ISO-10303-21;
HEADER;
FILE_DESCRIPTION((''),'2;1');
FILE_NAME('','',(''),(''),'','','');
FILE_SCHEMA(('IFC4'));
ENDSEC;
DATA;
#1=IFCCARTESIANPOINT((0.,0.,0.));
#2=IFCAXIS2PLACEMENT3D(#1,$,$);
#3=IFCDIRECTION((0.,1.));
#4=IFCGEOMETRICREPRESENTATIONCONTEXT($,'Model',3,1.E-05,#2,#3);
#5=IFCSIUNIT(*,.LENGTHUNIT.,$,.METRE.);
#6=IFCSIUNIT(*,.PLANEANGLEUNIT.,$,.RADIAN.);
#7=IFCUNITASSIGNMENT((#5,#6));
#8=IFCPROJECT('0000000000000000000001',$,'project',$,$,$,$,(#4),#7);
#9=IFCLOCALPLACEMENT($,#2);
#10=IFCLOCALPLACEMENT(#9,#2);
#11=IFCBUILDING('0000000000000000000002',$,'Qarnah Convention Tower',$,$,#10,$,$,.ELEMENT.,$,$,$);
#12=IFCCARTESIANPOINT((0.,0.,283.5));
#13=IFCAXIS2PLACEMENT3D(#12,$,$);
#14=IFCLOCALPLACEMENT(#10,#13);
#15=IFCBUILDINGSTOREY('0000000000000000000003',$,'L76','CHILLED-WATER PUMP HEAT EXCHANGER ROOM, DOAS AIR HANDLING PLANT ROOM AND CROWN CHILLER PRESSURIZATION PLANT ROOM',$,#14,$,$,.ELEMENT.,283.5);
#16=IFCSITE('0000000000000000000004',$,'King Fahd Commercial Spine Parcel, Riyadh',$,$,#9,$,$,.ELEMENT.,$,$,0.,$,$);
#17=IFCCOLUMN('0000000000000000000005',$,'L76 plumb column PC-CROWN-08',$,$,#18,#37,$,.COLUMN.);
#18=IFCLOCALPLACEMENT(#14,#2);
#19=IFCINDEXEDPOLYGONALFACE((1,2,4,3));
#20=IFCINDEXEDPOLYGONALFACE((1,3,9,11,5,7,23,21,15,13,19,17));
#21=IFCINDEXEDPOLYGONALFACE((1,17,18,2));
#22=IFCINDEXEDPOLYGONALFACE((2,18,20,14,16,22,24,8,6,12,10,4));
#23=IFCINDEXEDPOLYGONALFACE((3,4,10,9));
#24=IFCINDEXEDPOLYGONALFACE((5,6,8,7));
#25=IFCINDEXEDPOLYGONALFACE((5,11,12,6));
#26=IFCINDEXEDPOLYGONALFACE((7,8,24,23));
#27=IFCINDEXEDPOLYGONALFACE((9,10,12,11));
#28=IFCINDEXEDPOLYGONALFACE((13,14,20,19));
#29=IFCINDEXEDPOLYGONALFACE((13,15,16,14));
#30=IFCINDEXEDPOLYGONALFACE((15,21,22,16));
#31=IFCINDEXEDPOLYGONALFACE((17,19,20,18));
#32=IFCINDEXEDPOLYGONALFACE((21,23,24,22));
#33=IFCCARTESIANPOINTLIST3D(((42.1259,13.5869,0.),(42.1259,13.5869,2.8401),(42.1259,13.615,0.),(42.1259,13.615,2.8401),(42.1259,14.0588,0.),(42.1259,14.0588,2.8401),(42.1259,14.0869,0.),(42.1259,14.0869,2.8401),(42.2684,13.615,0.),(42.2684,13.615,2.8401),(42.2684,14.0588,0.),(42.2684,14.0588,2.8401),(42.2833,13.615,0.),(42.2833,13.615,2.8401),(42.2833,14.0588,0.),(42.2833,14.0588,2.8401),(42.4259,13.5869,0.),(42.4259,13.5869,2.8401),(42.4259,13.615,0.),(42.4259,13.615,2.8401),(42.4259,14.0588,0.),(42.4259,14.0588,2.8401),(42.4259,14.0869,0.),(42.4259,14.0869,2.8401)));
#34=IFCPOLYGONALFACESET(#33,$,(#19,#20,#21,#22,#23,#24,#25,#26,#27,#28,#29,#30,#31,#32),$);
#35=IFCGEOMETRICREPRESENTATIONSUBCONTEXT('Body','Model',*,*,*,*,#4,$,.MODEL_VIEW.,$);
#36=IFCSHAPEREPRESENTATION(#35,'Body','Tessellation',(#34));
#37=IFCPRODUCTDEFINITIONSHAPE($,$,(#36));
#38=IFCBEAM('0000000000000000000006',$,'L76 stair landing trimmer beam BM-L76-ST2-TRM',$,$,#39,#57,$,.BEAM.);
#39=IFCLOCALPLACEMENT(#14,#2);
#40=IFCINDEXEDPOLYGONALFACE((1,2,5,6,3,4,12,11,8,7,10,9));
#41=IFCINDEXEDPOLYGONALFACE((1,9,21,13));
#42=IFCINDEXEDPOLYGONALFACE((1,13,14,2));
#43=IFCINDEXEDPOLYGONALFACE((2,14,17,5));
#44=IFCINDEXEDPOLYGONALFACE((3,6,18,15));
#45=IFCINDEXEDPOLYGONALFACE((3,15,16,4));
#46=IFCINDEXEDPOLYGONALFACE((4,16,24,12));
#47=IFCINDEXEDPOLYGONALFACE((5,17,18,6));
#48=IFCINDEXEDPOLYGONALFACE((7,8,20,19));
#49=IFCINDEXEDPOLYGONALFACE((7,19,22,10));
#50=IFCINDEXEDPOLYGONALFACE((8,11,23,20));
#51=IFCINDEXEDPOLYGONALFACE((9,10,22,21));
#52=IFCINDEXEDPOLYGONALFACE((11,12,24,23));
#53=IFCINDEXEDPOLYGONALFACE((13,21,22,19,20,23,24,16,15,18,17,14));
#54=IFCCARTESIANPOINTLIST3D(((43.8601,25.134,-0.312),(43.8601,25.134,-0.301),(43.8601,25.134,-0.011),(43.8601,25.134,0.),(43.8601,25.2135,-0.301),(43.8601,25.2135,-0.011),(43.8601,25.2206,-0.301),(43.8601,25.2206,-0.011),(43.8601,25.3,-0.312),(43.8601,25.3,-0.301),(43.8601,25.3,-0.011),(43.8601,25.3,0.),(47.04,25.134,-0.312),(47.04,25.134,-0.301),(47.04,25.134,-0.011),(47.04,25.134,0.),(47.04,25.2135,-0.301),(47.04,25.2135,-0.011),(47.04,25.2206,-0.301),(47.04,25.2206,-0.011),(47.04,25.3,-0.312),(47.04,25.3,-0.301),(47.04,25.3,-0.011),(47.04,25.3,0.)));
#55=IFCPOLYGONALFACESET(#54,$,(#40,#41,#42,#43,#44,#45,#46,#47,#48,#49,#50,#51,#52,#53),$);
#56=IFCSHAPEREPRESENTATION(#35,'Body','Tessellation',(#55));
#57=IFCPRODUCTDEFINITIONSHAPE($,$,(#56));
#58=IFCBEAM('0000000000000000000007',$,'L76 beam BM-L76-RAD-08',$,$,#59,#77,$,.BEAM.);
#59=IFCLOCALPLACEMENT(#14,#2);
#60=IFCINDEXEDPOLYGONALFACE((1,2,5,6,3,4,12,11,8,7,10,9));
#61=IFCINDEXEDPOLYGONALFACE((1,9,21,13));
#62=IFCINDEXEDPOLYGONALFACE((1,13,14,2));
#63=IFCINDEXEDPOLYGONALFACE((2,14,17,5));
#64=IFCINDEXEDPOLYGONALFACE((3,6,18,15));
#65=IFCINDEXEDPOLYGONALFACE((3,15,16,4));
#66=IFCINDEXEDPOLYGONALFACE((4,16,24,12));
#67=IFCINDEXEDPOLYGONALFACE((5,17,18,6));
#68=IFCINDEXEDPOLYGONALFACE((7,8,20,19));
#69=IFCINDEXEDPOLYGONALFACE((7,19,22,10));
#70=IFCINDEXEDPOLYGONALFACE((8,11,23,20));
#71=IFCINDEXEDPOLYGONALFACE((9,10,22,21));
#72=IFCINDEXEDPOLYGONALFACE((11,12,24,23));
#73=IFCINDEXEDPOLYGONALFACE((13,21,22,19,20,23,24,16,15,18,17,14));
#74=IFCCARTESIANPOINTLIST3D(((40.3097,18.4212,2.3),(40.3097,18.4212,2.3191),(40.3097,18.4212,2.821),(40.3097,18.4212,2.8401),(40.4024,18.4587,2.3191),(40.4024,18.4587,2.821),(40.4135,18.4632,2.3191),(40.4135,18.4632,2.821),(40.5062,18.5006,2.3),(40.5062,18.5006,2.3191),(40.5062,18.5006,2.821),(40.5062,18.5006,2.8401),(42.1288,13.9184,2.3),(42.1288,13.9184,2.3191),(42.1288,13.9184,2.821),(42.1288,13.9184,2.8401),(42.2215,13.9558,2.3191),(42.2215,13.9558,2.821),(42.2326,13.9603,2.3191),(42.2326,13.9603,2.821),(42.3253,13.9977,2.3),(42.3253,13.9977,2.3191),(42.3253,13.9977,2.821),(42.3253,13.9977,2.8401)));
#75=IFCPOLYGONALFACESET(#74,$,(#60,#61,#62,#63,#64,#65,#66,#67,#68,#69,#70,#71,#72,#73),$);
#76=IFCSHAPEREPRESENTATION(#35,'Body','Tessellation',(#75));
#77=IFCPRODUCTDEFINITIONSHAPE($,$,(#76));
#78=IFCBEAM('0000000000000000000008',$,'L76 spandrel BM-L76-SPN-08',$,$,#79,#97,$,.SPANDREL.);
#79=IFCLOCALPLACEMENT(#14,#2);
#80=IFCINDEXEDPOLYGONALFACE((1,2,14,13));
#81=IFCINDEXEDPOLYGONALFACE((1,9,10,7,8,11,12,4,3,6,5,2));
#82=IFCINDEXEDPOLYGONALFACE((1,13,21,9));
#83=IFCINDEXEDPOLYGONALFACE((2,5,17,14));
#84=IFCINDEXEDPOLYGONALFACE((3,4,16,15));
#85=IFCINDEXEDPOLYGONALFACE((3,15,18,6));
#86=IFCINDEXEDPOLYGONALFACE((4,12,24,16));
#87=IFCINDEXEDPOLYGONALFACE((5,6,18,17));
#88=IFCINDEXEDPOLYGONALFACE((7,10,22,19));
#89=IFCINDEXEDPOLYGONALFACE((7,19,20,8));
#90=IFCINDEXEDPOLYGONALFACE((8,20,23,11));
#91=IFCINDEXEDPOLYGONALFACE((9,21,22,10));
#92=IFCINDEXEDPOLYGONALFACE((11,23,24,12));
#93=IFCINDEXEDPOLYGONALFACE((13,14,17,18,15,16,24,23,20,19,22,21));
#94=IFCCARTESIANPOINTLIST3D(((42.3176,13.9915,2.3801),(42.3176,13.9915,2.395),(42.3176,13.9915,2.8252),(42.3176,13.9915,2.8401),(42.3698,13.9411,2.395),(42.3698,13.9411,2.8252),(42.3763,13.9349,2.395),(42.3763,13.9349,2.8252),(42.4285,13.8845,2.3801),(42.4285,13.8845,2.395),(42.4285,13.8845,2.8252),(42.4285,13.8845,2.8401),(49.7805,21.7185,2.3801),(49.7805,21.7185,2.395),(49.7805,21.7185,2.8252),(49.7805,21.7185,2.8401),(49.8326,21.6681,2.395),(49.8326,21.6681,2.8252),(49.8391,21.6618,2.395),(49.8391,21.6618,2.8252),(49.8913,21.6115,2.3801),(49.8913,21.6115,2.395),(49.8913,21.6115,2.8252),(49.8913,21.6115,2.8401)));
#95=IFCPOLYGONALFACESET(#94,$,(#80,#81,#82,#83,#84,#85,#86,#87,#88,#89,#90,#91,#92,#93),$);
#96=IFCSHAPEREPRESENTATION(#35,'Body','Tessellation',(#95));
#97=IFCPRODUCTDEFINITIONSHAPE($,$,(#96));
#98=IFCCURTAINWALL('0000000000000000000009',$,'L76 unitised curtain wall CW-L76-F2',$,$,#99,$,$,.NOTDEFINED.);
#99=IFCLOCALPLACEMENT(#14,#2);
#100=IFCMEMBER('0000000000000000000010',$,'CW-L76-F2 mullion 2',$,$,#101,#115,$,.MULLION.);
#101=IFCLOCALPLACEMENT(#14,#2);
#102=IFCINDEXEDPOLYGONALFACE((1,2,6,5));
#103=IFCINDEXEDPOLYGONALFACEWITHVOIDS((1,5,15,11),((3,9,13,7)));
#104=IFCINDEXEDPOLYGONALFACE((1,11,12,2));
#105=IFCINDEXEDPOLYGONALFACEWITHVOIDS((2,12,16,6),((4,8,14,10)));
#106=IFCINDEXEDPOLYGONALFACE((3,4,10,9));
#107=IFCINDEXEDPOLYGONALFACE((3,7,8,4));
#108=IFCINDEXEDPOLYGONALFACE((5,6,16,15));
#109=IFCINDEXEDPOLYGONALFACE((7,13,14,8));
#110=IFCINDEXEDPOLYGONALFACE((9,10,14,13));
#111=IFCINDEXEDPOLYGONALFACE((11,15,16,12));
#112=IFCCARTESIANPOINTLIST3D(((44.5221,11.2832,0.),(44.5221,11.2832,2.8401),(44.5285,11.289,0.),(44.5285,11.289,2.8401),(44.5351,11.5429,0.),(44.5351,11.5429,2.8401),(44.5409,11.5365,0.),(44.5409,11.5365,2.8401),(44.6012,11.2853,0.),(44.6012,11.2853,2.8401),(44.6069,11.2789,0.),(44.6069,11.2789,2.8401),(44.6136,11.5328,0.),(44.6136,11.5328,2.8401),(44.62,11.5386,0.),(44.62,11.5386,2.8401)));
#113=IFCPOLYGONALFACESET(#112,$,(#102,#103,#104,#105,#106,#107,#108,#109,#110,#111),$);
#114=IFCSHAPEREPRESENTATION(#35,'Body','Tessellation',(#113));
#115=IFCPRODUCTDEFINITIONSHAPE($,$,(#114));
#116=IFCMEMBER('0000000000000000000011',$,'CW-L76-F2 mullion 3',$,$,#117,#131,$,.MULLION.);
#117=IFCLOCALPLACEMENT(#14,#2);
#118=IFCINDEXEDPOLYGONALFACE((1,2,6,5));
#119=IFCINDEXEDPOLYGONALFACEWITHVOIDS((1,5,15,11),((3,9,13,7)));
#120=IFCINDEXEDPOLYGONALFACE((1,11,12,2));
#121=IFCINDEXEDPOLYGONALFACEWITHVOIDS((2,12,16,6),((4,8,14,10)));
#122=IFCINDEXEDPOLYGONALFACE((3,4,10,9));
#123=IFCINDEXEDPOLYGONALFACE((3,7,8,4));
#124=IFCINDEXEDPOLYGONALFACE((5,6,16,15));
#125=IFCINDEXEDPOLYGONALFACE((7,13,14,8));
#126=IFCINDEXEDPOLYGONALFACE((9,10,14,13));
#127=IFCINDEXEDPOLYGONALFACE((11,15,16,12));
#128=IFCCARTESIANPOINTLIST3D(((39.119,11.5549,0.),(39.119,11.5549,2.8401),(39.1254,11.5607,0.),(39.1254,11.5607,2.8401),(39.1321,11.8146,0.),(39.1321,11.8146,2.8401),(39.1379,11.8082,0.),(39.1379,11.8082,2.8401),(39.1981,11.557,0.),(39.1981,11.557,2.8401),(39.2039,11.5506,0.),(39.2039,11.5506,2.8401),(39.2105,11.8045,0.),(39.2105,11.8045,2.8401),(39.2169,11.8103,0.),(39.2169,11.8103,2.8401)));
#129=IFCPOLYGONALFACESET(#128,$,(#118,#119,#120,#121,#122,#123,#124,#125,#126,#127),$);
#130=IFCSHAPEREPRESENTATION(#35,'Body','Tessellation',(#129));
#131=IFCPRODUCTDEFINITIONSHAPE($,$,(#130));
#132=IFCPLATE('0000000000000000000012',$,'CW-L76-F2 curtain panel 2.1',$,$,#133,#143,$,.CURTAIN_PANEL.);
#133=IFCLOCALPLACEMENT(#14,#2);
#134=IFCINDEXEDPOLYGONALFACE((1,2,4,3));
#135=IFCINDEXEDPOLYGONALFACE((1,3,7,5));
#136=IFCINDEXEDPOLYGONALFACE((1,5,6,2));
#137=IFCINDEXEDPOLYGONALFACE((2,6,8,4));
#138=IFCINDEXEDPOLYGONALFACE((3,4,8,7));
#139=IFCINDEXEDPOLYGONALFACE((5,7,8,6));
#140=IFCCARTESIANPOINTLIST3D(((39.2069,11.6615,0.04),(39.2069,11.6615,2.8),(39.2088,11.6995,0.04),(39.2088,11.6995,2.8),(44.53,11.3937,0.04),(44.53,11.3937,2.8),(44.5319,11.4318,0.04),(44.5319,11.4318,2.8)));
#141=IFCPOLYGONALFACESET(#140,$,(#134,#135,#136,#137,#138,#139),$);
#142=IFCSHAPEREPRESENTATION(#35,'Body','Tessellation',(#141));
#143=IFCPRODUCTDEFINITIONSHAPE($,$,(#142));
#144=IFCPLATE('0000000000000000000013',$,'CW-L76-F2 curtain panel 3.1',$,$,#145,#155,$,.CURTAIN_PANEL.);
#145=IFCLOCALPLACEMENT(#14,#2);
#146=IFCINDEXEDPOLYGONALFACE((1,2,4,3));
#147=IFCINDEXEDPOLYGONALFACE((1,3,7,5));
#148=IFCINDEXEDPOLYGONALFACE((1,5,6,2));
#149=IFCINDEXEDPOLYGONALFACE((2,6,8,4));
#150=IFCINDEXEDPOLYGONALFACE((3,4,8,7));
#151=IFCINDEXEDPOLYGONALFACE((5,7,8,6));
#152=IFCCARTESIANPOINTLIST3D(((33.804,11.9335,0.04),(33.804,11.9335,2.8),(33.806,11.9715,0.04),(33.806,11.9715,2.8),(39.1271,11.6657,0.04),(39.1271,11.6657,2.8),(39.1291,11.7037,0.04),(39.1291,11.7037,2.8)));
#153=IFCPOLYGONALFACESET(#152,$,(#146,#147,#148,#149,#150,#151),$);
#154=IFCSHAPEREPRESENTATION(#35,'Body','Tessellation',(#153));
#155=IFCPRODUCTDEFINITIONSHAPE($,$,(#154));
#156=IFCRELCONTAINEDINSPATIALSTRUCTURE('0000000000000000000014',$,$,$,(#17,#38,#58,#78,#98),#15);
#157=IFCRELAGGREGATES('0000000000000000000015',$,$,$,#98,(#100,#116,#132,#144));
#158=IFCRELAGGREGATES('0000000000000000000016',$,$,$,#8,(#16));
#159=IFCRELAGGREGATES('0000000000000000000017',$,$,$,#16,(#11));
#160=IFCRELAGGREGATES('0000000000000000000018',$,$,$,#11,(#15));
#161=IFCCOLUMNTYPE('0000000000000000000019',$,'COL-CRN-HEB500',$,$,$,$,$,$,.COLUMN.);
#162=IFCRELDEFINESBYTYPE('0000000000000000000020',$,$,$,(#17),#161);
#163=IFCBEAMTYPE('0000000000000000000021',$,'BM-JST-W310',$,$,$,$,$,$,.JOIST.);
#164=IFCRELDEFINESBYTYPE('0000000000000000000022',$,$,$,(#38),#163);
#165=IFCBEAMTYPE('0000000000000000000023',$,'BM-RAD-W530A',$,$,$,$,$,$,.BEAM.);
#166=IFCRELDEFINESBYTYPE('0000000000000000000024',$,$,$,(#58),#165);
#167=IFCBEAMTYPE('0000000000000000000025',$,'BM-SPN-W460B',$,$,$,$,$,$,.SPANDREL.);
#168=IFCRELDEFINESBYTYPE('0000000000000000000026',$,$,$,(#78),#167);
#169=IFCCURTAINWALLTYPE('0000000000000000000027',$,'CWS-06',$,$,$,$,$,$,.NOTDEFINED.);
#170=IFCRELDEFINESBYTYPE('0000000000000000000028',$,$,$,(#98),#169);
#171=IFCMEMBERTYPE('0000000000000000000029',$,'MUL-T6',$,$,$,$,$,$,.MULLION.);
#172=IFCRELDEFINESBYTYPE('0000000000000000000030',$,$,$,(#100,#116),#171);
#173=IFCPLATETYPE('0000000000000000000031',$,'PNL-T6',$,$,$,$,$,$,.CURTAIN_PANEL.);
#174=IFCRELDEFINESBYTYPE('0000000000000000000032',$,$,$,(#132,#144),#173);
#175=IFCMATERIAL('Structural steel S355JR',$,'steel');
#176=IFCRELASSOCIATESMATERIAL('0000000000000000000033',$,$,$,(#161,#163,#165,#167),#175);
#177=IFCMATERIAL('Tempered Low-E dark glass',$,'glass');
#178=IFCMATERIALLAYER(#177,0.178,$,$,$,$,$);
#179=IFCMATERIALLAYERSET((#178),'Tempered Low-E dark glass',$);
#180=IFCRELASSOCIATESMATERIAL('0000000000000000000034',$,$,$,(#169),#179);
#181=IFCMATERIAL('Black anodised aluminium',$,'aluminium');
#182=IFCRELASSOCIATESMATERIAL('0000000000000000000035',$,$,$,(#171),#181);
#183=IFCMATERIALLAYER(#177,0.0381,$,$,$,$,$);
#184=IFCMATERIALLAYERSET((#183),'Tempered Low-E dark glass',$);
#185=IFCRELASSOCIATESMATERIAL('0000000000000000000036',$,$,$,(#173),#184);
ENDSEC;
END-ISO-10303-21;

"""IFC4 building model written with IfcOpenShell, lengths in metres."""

from ifc_helpers import new_model, si_unit, direction, frame, origin, origin_2d, place, context, subcontext, project, spatial, rectangle, hollow_rectangle, i_section, extrude, material, layer, layer_set, material_profile, profile_set, type_object, element, aggregate, save


model = new_model("IFC4")

# Units and contexts
model_context = context("Model", 3, precision=1e-05, world=origin(), true_north=direction((0.0, 1.0)))
body_context = subcontext(model_context, "Body", "Model", "MODEL_VIEW")
ifc_project = project(units=[si_unit("LENGTHUNIT", "METRE"), si_unit("PLANEANGLEUNIT", "RADIAN")], contexts=[model_context])

# Site, building, storey
site_placement = place(None, origin())
site = spatial("IfcSite", under=ifc_project, at=site_placement, Name="King Fahd Commercial Spine Parcel, Riyadh", CompositionType="ELEMENT", RefElevation=0.0)
building_placement = place(site_placement, origin())
building = spatial("IfcBuilding", under=site, at=building_placement, Name="Qarnah Convention Tower", CompositionType="ELEMENT")
storey_placement = place(building_placement, frame((0.0, 0.0, 283.5)))
storey = spatial("IfcBuildingStorey", under=building, at=storey_placement, Name="L76", Description="CHILLED-WATER PUMP HEAT EXCHANGER ROOM, DOAS AIR HANDLING PLANT ROOM AND CROWN CHILLER PRESSURIZATION PLANT ROOM", CompositionType="ELEMENT", Elevation=283.5)

# Column
ifc_material_1 = material(Name="Structural steel S355JR", Category="steel")
ifc_material_profile_1 = material_profile(ifc_material_1, i_section(OverallWidth=0.3, OverallDepth=0.5, WebThickness=0.0149, FlangeThickness=0.0281, at=origin_2d()), Name="HEB500")
ifc_profile_set_1 = profile_set([ifc_material_profile_1], Name="Structural steel S355JR")
column_type = type_object("IfcColumnType", Name="COL-CRN-HEB500", PredefinedType="COLUMN", material=ifc_profile_set_1)
column_placement = place(storey_placement, frame((42.2759, 13.8369, 0.0), z_axis=(0.0, 0.0, 1.0), x_axis=(1.0, 0.0, 0.0)))
element("IfcColumn", 1, at=column_placement, inside=storey, type_object=column_type, Name="L76 plumb column PC-CROWN-08", PredefinedType="COLUMN", context=body_context, shape_type="SweptSolid", body=[
    extrude(i_section(OverallWidth=0.3, OverallDepth=0.5, WebThickness=0.0149, FlangeThickness=0.0281, at=origin_2d()), origin(), (0.0, 0.0, 1.0), 2.8401),
])

# Beams
ifc_material_profile_2 = material_profile(ifc_material_1, i_section(OverallWidth=0.166, OverallDepth=0.312, WebThickness=0.0071, FlangeThickness=0.011, at=origin_2d()), Name="W310X45")
ifc_profile_set_2 = profile_set([ifc_material_profile_2], Name="Structural steel S355JR")
beam_type_1 = type_object("IfcBeamType", Name="BM-JST-W310", PredefinedType="JOIST", material=ifc_profile_set_2)
beam_1_placement = place(storey_placement, frame((43.8601, 25.217, -0.156), z_axis=(1.0, 0.0, 0.0), x_axis=(0.0, 1.0, 0.0)))
element("IfcBeam", 2, at=beam_1_placement, inside=storey, type_object=beam_type_1, Name="L76 stair landing trimmer beam BM-L76-ST2-TRM", PredefinedType="BEAM", context=body_context, shape_type="SweptSolid", body=[
    extrude(i_section(OverallWidth=0.166, OverallDepth=0.312, WebThickness=0.0071, FlangeThickness=0.011, at=origin_2d()), origin(), (0.0, 0.0, 1.0), 3.1799),
])
ifc_material_profile_3 = material_profile(ifc_material_1, i_section(OverallWidth=0.2119, OverallDepth=0.54, WebThickness=0.012, FlangeThickness=0.019, at=origin_2d()), Name="W530X109")
ifc_profile_set_3 = profile_set([ifc_material_profile_3], Name="Structural steel S355JR")
beam_type_2 = type_object("IfcBeamType", Name="BM-RAD-W530A", PredefinedType="BEAM", material=ifc_profile_set_3)
beam_2_placement = place(storey_placement, frame((40.408, 18.4609, 2.5701), z_axis=(0.374569, -0.927199, 0.0), x_axis=(0.927199, 0.374569, 0.0)))
element("IfcBeam", 3, at=beam_2_placement, inside=storey, type_object=beam_type_2, Name="L76 beam BM-L76-RAD-08", PredefinedType="BEAM", context=body_context, shape_type="SweptSolid", body=[
    extrude(i_section(OverallWidth=0.2119, OverallDepth=0.54, WebThickness=0.012, FlangeThickness=0.019, at=origin_2d()), origin(), (0.0, 0.0, 1.0), 4.8564),
])
ifc_material_profile_4 = material_profile(ifc_material_1, i_section(OverallWidth=0.1541, OverallDepth=0.46, WebThickness=0.009, FlangeThickness=0.0149, at=origin_2d()), Name="W460X68")
ifc_profile_set_4 = profile_set([ifc_material_profile_4], Name="Structural steel S355JR")
beam_type_3 = type_object("IfcBeamType", Name="BM-SPN-W460B", PredefinedType="SPANDREL", material=ifc_profile_set_4)
beam_3_placement = place(storey_placement, frame((42.373, 13.938, 2.6101), z_axis=(0.694705, 0.719295, 0.0), x_axis=(-0.719295, 0.694705, 0.0)))
element("IfcBeam", 4, at=beam_3_placement, inside=storey, type_object=beam_type_3, Name="L76 spandrel BM-L76-SPN-08", PredefinedType="SPANDREL", context=body_context, shape_type="SweptSolid", body=[
    extrude(i_section(OverallWidth=0.1541, OverallDepth=0.46, WebThickness=0.009, FlangeThickness=0.0149, at=origin_2d()), origin(), (0.0, 0.0, 1.0), 10.7424),
])

# Curtain wall, members, plates
ifc_material_2 = material(Name="Tempered Low-E dark glass", Category="glass")
ifc_layer_1 = layer(ifc_material_2, 0.178)
ifc_layer_set_1 = layer_set([ifc_layer_1], Name="Tempered Low-E dark glass")
curtain_wall_type = type_object("IfcCurtainWallType", Name="CWS-06", PredefinedType="NOTDEFINED", material=ifc_layer_set_1)
curtain_wall_placement = place(storey_placement, origin())
curtain_wall = element("IfcCurtainWall", 5, at=curtain_wall_placement, inside=storey, type_object=curtain_wall_type, Name="L76 unitised curtain wall CW-L76-F2", PredefinedType="NOTDEFINED")
ifc_material_3 = material(Name="Black anodised aluminium", Category="aluminium")
ifc_material_profile_5 = material_profile(ifc_material_3, hollow_rectangle(XDim=0.085, YDim=0.26, WallThickness=0.0061, at=origin_2d()), Name="MUL-85X260")
ifc_profile_set_5 = profile_set([ifc_material_profile_5], Name="Black anodised aluminium")
member_type = type_object("IfcMemberType", Name="MUL-T6", PredefinedType="MULLION", material=ifc_profile_set_5)
member_1_placement = place(storey_placement, frame((44.571, 11.4109, 0.0), z_axis=(0.0, 0.0, 1.0), x_axis=(-0.998737, 0.050242, 0.0)))
member_1 = element("IfcMember", 6, at=member_1_placement, type_object=member_type, Name="CW-L76-F2 mullion 2", PredefinedType="MULLION", context=body_context, shape_type="SweptSolid", body=[
    extrude(hollow_rectangle(XDim=0.085, YDim=0.26, WallThickness=0.0061, at=origin_2d()), origin(), (0.0, 0.0, 1.0), 2.8401),
])
member_2_placement = place(storey_placement, frame((39.168, 11.6826, 0.0), z_axis=(0.0, 0.0, 1.0), x_axis=(-0.998737, 0.050242, 0.0)))
member_2 = element("IfcMember", 7, at=member_2_placement, type_object=member_type, Name="CW-L76-F2 mullion 3", PredefinedType="MULLION", context=body_context, shape_type="SweptSolid", body=[
    extrude(hollow_rectangle(XDim=0.085, YDim=0.26, WallThickness=0.0061, at=origin_2d()), origin(), (0.0, 0.0, 1.0), 2.8401),
])
ifc_layer_2 = layer(ifc_material_2, 0.0381)
ifc_layer_set_2 = layer_set([ifc_layer_2], Name="Tempered Low-E dark glass")
plate_type = type_object("IfcPlateType", Name="PNL-T6", PredefinedType="CURTAIN_PANEL", material=ifc_layer_set_2)
plate_1_placement = place(storey_placement, frame((41.8694, 11.5466, 0.04), z_axis=(0.0, 0.0, 1.0), x_axis=(-0.998737, 0.050242, 0.0)))
plate_1 = element("IfcPlate", 8, at=plate_1_placement, type_object=plate_type, Name="CW-L76-F2 curtain panel 2.1", PredefinedType="CURTAIN_PANEL", context=body_context, shape_type="SweptSolid", body=[
    extrude(rectangle(XDim=5.3298, YDim=0.0381, at=origin_2d()), origin(), (0.0, 0.0, 1.0), 2.76),
])
plate_2_placement = place(storey_placement, frame((36.4666, 11.8186, 0.04), z_axis=(0.0, 0.0, 1.0), x_axis=(-0.998737, 0.050242, 0.0)))
plate_2 = element("IfcPlate", 9, at=plate_2_placement, type_object=plate_type, Name="CW-L76-F2 curtain panel 3.1", PredefinedType="CURTAIN_PANEL", context=body_context, shape_type="SweptSolid", body=[
    extrude(rectangle(XDim=5.3298, YDim=0.0381, at=origin_2d()), origin(), (0.0, 0.0, 1.0), 2.76),
])
aggregate(curtain_wall, [member_1, member_2, plate_1, plate_2])

save(model, "model.ifc")
